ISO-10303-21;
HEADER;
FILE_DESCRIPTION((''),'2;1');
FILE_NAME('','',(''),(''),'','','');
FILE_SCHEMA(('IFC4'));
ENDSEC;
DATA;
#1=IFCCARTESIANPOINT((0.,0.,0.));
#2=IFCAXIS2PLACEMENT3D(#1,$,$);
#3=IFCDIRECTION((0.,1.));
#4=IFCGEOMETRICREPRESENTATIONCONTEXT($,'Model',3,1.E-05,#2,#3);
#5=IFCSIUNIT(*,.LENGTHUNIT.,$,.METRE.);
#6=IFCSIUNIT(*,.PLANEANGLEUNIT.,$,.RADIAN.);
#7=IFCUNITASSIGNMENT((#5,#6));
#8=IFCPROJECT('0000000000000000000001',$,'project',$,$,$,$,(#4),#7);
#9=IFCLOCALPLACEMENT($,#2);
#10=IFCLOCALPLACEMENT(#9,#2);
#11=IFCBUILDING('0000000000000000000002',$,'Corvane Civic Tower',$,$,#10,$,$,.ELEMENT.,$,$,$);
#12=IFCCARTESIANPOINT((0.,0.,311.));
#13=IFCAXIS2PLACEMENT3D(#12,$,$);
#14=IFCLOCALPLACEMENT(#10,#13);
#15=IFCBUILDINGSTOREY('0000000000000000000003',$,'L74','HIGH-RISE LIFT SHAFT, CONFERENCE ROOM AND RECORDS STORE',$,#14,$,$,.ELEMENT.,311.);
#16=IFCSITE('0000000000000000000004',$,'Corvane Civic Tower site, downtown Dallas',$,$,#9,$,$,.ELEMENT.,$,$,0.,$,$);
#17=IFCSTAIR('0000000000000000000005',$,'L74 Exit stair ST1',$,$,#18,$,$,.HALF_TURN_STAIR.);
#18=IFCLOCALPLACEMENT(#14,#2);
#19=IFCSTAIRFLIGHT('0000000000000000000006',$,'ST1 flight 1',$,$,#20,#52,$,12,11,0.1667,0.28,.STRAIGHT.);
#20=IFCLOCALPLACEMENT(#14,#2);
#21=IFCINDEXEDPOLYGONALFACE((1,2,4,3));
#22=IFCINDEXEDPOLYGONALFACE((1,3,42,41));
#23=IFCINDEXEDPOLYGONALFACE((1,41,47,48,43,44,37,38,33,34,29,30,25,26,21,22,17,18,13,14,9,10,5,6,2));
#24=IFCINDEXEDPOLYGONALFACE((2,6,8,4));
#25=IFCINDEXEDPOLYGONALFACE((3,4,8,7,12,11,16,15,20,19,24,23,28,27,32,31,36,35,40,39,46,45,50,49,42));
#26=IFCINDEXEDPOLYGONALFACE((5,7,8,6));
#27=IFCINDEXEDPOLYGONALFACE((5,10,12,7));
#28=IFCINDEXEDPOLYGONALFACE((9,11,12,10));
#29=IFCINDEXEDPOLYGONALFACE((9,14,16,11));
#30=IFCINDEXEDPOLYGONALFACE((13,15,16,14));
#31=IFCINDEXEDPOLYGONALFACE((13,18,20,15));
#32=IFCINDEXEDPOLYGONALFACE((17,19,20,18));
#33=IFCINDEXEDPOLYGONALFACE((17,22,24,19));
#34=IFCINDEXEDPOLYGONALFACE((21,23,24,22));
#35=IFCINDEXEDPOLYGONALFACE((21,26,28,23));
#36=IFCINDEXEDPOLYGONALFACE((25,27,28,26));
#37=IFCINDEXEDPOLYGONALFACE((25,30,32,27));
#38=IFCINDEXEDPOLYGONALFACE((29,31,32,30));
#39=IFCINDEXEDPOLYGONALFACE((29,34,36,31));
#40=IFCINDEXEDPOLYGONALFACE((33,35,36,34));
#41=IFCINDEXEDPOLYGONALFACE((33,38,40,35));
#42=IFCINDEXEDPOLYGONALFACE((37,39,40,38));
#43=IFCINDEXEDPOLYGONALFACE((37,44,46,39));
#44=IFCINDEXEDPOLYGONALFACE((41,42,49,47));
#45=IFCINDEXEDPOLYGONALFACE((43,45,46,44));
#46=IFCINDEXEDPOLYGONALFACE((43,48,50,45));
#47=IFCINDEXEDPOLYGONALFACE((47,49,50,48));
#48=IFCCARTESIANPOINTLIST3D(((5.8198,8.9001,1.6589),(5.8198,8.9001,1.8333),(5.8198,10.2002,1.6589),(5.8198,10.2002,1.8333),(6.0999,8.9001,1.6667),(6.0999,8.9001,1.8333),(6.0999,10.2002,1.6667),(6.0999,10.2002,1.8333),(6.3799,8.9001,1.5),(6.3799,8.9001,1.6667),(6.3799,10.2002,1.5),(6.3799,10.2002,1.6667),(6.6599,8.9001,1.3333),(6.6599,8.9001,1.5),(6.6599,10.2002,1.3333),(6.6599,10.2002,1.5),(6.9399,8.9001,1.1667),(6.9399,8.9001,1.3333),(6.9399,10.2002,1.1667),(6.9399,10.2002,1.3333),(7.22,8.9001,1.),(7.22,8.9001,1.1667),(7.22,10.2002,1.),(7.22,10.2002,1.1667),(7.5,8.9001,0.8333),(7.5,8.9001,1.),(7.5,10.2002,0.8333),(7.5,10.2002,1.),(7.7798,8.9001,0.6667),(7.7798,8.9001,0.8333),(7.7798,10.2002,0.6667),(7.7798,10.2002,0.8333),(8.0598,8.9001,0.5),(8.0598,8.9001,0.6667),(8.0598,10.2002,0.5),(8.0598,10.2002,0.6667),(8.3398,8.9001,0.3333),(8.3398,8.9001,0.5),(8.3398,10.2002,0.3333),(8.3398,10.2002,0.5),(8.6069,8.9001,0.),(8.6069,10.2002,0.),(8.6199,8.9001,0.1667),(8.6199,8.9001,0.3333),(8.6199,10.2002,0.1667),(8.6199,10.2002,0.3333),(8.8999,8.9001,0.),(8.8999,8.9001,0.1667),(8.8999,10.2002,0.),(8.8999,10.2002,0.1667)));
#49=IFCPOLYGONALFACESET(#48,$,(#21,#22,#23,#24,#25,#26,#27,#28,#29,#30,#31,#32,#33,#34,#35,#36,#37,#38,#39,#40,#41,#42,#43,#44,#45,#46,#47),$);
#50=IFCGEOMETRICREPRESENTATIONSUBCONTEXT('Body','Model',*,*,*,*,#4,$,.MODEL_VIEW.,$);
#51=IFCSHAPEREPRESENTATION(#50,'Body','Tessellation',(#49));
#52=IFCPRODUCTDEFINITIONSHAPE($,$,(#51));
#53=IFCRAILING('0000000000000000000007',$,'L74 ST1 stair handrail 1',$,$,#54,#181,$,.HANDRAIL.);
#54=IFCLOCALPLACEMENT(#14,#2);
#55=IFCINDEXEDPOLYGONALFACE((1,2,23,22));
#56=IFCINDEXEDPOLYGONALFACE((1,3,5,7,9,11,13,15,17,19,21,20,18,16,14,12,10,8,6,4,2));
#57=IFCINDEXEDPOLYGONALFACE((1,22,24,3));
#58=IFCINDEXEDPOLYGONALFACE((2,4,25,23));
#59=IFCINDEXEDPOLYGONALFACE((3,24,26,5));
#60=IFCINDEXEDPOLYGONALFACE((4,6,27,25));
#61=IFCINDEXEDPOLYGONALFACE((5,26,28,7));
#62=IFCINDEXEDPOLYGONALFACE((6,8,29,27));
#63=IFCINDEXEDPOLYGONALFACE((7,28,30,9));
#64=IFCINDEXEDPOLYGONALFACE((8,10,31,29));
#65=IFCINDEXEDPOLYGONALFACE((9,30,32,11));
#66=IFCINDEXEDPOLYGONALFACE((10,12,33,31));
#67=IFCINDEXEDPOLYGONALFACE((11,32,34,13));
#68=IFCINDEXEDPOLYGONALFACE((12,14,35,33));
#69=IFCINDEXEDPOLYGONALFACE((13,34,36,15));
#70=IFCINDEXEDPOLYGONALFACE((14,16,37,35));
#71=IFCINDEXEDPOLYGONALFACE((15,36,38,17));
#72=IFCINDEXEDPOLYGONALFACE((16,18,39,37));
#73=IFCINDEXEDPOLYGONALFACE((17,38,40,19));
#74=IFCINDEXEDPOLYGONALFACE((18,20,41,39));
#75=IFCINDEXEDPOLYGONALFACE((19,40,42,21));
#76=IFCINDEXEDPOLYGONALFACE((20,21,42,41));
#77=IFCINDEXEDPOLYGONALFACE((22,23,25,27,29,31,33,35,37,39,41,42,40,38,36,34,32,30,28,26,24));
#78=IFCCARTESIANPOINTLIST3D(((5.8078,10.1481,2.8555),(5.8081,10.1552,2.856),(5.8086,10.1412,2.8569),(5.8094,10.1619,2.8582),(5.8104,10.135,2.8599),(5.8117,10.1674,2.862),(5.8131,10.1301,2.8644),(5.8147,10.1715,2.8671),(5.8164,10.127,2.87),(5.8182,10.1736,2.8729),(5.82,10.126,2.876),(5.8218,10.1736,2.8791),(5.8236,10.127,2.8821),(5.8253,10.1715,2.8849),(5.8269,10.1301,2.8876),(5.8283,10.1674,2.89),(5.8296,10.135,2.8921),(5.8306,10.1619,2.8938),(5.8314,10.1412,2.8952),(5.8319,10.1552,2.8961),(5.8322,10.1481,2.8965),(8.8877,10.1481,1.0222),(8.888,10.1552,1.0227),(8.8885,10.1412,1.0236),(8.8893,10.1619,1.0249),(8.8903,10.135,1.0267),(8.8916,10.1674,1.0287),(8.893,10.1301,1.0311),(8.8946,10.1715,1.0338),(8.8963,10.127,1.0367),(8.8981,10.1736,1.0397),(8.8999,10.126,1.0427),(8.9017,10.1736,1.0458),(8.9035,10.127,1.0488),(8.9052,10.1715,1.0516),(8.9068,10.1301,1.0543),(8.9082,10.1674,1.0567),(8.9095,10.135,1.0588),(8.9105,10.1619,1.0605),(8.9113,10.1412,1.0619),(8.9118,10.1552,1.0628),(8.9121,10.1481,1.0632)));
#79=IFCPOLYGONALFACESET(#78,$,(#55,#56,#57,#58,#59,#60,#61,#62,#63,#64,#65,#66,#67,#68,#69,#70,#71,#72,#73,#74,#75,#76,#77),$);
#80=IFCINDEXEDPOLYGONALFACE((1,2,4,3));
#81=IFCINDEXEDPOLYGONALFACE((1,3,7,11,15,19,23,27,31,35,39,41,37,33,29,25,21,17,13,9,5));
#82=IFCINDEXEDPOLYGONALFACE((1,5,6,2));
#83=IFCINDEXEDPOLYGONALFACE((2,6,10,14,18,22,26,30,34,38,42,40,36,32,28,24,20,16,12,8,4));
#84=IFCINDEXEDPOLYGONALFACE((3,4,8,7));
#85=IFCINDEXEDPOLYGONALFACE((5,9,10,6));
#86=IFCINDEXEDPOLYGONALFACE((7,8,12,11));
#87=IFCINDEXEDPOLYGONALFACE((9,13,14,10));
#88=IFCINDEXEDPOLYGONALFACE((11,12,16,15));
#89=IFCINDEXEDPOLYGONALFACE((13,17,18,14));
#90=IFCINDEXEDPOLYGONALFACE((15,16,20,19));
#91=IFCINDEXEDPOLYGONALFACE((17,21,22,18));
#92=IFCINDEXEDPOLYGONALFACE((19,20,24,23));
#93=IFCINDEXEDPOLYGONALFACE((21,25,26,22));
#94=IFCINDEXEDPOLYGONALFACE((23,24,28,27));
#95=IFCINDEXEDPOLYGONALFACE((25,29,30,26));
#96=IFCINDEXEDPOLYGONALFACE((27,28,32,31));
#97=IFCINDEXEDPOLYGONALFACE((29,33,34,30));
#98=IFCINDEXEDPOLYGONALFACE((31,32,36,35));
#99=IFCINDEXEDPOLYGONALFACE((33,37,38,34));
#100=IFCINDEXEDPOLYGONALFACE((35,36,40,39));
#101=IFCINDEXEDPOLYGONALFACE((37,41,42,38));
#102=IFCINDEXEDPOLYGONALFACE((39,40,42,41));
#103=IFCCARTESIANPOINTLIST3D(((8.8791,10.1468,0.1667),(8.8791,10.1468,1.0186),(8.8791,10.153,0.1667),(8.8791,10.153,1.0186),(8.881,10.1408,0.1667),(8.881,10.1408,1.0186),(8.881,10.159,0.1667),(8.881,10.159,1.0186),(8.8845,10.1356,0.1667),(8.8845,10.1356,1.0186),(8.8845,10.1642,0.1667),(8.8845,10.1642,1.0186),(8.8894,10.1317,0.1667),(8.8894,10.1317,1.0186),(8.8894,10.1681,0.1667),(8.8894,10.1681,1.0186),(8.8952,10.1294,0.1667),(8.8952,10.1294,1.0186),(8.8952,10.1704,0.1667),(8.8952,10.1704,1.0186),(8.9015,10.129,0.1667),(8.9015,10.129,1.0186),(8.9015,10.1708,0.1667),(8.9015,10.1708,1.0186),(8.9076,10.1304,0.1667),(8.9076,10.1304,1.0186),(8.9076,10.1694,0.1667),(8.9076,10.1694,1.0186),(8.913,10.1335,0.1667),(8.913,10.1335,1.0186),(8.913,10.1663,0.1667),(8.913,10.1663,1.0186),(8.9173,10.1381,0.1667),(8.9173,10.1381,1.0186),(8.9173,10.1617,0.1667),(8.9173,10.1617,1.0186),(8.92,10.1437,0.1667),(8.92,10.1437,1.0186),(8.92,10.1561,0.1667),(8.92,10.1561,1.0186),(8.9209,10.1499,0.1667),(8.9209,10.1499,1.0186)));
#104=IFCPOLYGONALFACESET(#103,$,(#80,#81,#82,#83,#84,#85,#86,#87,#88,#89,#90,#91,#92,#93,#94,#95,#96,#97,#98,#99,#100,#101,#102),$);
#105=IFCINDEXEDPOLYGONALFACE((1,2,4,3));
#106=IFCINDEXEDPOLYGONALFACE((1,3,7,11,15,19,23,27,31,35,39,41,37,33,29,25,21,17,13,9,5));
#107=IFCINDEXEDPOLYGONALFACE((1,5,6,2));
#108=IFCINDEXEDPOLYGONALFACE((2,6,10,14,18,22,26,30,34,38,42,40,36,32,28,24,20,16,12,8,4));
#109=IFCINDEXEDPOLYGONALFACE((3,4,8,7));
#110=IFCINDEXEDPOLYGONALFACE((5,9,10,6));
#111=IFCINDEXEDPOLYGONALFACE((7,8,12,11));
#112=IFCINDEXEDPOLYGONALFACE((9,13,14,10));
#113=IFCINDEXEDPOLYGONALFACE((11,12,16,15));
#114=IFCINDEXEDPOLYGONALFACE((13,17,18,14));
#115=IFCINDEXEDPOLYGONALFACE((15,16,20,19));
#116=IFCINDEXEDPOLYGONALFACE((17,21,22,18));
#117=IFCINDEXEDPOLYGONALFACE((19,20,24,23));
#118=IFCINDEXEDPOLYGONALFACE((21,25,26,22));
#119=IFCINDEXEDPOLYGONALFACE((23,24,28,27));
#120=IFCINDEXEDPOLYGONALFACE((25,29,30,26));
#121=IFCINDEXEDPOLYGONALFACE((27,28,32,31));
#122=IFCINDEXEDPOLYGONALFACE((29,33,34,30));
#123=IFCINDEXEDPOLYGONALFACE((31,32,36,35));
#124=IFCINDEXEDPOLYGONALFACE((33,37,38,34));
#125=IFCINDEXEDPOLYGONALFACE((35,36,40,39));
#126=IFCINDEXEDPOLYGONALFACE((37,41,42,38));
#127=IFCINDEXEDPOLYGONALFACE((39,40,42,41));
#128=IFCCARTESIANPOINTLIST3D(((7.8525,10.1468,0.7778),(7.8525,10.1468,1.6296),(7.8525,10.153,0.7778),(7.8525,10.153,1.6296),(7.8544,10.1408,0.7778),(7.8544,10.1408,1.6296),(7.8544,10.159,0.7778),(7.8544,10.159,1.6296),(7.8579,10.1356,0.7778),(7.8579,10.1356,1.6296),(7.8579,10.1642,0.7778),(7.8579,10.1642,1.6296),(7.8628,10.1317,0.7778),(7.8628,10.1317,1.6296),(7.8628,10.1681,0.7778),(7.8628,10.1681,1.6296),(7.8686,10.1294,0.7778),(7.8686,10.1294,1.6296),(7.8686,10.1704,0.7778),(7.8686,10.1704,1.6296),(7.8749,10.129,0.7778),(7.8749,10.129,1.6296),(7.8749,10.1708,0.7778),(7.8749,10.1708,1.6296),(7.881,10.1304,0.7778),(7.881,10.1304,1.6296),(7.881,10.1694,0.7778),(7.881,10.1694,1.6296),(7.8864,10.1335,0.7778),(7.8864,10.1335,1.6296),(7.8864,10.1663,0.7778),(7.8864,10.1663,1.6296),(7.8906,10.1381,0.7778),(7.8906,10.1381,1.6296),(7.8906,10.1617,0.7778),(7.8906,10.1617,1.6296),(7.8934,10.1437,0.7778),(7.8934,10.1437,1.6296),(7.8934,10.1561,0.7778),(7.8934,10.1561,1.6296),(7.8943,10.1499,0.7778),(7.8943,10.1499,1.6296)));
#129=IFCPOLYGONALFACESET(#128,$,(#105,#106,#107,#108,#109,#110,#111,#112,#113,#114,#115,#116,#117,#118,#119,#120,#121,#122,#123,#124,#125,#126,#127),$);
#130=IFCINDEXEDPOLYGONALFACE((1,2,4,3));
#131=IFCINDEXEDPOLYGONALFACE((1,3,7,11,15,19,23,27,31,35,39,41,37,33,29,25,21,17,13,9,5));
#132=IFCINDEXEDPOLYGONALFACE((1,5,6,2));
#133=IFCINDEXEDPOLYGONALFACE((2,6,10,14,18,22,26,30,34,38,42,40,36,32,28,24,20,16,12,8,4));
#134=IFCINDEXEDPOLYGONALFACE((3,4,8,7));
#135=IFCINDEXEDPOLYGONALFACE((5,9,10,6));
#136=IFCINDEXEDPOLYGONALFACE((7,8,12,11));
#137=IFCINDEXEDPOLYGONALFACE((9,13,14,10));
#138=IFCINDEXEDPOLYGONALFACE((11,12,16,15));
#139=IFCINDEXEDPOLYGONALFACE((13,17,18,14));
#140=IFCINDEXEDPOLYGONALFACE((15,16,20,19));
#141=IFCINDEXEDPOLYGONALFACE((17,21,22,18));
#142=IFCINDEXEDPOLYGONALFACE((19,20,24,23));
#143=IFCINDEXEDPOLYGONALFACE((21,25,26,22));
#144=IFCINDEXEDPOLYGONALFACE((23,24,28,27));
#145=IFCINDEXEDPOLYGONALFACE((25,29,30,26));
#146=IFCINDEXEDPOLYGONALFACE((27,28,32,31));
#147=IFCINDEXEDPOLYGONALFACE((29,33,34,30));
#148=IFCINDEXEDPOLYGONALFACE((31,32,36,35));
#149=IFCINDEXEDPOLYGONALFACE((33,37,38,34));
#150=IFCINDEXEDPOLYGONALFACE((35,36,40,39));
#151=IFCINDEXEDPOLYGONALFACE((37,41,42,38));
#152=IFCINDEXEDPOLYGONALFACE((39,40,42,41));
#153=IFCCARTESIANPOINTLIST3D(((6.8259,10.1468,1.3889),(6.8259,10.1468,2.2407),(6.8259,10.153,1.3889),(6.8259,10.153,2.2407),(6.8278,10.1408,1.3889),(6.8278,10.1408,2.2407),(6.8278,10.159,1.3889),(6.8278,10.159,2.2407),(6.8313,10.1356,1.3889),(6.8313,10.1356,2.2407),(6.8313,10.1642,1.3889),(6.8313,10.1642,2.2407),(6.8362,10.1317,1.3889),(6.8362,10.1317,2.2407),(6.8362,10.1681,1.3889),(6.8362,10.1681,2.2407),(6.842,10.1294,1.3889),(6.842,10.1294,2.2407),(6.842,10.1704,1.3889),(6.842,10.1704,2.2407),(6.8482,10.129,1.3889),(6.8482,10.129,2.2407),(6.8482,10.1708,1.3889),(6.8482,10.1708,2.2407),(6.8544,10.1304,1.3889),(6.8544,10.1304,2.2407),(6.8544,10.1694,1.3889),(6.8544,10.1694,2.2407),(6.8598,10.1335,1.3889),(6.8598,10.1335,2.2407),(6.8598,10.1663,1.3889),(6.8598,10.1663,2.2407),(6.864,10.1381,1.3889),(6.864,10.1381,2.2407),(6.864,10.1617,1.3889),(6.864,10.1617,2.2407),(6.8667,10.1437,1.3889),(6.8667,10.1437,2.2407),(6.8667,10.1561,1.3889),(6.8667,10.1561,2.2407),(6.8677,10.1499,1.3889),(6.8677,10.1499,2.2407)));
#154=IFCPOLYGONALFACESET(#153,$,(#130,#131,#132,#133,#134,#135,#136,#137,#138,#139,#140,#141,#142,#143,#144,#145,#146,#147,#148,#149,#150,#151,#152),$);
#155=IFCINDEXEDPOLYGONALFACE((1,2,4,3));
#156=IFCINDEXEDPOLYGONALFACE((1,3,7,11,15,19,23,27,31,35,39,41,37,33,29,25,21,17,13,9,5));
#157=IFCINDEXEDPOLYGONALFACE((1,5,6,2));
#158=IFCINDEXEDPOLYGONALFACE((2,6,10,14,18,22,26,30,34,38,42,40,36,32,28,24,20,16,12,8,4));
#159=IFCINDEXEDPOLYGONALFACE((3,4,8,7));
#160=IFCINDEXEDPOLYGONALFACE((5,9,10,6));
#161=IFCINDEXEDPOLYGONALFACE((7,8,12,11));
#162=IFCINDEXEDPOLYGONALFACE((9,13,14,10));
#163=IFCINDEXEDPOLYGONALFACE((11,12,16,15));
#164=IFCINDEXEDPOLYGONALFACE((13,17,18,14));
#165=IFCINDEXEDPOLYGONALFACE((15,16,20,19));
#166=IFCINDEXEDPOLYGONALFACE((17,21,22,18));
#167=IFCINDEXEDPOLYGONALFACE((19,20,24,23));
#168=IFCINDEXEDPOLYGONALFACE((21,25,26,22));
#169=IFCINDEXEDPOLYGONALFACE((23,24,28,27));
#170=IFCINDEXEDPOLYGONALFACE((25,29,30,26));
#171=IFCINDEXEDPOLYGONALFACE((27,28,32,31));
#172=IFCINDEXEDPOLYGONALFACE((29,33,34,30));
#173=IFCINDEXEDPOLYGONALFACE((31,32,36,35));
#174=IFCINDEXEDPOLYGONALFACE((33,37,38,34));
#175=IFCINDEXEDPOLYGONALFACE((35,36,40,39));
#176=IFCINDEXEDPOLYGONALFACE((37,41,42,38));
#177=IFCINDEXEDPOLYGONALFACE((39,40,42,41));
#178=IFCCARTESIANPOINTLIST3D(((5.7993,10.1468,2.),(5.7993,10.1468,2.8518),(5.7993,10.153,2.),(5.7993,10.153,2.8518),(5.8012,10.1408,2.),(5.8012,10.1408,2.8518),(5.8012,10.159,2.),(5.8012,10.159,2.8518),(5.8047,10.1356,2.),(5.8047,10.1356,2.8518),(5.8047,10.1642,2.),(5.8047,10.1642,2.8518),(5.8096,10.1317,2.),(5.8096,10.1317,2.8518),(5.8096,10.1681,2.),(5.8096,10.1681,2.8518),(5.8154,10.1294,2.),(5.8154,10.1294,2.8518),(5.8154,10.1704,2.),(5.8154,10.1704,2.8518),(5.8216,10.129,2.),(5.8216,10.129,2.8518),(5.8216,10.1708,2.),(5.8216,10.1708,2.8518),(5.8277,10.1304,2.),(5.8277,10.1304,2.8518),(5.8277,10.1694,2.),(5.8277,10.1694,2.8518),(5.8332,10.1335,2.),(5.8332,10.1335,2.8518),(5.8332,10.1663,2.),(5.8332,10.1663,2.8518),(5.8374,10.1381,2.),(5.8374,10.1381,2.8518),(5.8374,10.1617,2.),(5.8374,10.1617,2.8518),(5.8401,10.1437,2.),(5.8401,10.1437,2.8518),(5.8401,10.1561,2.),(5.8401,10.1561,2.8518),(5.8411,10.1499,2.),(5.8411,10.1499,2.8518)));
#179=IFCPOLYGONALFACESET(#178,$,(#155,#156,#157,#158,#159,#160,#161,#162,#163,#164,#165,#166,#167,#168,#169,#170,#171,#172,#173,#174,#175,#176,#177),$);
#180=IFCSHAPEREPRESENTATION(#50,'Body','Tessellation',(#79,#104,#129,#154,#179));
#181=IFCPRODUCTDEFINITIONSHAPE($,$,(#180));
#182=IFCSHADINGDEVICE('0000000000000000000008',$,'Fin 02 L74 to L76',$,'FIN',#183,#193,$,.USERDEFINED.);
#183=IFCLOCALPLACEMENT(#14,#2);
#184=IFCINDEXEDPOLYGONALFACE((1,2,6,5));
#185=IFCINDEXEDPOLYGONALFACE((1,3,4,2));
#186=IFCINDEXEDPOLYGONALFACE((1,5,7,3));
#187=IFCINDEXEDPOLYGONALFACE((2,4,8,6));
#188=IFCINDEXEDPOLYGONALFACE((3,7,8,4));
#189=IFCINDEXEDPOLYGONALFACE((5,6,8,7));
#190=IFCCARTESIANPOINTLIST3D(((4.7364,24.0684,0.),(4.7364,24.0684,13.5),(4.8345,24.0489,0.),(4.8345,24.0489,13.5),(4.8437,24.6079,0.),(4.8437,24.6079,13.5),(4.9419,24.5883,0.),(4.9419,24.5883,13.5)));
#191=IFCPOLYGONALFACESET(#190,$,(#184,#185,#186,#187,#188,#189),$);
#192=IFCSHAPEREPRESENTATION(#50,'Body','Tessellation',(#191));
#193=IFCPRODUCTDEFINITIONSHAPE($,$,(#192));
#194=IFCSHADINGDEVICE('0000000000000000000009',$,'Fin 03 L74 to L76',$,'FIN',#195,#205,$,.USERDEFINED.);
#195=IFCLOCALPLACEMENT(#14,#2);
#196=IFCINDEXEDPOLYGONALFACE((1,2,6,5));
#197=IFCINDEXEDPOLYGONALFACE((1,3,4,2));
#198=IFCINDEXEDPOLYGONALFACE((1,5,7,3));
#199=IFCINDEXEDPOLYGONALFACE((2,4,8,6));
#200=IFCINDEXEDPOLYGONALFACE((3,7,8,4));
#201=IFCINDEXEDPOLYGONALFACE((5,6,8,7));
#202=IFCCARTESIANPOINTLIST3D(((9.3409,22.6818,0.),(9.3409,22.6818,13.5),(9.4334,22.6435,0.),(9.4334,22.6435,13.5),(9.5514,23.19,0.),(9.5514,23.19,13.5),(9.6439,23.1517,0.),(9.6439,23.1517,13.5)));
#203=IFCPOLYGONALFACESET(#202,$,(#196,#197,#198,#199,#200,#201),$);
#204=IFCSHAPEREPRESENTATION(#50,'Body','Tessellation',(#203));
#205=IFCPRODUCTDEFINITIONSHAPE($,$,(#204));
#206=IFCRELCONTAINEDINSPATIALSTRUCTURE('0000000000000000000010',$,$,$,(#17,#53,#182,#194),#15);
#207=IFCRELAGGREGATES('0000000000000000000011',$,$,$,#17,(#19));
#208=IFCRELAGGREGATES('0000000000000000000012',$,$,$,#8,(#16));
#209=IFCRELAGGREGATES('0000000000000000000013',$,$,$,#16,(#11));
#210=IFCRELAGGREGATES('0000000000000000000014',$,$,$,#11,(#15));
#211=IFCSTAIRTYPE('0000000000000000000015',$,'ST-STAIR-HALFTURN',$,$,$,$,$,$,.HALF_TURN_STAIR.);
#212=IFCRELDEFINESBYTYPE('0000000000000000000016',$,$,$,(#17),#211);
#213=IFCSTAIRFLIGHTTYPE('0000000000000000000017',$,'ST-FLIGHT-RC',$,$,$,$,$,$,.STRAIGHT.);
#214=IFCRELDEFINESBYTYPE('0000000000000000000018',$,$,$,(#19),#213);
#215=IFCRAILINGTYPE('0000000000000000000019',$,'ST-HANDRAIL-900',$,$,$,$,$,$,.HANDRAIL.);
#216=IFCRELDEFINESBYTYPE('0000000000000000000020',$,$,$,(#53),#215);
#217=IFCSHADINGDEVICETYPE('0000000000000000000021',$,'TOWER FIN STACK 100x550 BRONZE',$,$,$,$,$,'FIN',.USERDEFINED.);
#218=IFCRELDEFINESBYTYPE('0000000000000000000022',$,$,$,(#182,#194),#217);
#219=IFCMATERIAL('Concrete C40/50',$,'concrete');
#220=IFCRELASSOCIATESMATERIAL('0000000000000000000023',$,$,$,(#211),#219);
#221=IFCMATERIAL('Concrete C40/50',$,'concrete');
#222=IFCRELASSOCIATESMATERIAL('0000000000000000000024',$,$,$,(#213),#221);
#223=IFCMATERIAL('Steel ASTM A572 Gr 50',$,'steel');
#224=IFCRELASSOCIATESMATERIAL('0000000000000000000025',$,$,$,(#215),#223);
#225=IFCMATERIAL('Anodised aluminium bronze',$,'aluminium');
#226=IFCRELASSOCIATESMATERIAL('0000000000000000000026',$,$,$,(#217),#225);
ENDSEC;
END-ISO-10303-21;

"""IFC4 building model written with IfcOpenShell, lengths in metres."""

from ifc_helpers import new_model, si_unit, direction, frame, origin, origin_2d, place, context, subcontext, project, spatial, polyline, rectangle, circle, outline, extrude, material, material_profile, profile_set, type_object, element, aggregate, save


model = new_model("IFC4")

# Units and contexts
model_context = context("Model", 3, precision=1e-05, world=origin(), true_north=direction((0.0, 1.0)))
body_context = subcontext(model_context, "Body", "Model", "MODEL_VIEW")
ifc_project = project(units=[si_unit("LENGTHUNIT", "METRE"), si_unit("PLANEANGLEUNIT", "RADIAN")], contexts=[model_context])

# Site, building, storey
site_placement = place(None, origin())
site = spatial("IfcSite", under=ifc_project, at=site_placement, Name="Corvane Civic Tower site, downtown Dallas", CompositionType="ELEMENT", RefElevation=0.0)
building_placement = place(site_placement, origin())
building = spatial("IfcBuilding", under=site, at=building_placement, Name="Corvane Civic Tower", CompositionType="ELEMENT")
storey_placement = place(building_placement, frame((0.0, 0.0, 311.0)))
storey = spatial("IfcBuildingStorey", under=building, at=storey_placement, Name="L74", Description="HIGH-RISE LIFT SHAFT, CONFERENCE ROOM AND RECORDS STORE", CompositionType="ELEMENT", Elevation=311.0)

# Stair, stair flight
ifc_material_1 = material(Name="Concrete C40/50", Category="concrete")
stair_type = type_object("IfcStairType", Name="ST-STAIR-HALFTURN", PredefinedType="HALF_TURN_STAIR", material=ifc_material_1)
stair_placement = place(storey_placement, origin())
stair = element("IfcStair", 1, at=stair_placement, inside=storey, type_object=stair_type, Name="L74 Exit stair ST1", PredefinedType="HALF_TURN_STAIR")
ifc_material_2 = material(Name="Concrete C40/50", Category="concrete")
stair_flight_type = type_object("IfcStairFlightType", Name="ST-FLIGHT-RC", PredefinedType="STRAIGHT", material=ifc_material_2)
stair_flight_placement = place(storey_placement, frame((8.8999, 9.55, 0.0), z_axis=(0.0, 0.0, 1.0), x_axis=(-1.0, 0.0, 0.0)))
stair_flight = element("IfcStairFlight", 2, at=stair_flight_placement, type_object=stair_flight_type, Name="ST1 flight 1", NumberOfRisers=12, NumberOfTreads=11, PredefinedType="STRAIGHT", RiserHeight=0.1667, TreadLength=0.28, context=body_context, shape_type="SweptSolid", body=[
    extrude(outline(polyline([(0.0, 0.0), (0.0, 0.1667), (0.28, 0.1667), (0.28, 0.3333), (0.5601, 0.3333), (0.5601, 0.5), (0.8401, 0.5), (0.8401, 0.6667), (1.1201, 0.6667), (1.1201, 0.8333), (1.3999, 0.8333), (1.3999, 1.0), (1.6799, 1.0), (1.6799, 1.1667), (1.96, 1.1667), (1.96, 1.3333), (2.24, 1.3333), (2.24, 1.5), (2.52, 1.5), (2.52, 1.6667), (2.8, 1.6667), (2.8, 1.8333), (3.0801, 1.8333), (3.0801, 2.0), (3.0801, 1.6589), (0.293, 0.0), (0.0, 0.0)])), frame((0.0, 0.6499, 0.0), z_axis=(0.0, -1.0, 0.0), x_axis=(1.0, 0.0, 0.0)), (0.0, 0.0, 1.0), 1.3),
])
aggregate(stair, [stair_flight])

# Railing
ifc_material_3 = material(Name="Steel ASTM A572 Gr 50", Category="steel")
railing_type_1 = type_object("IfcRailingType", Name="ST-HANDRAIL-900", PredefinedType="HANDRAIL", material=ifc_material_3)
railing_1_placement = place(storey_placement, frame((8.8999, 10.1499, 0.1667)))
element("IfcRailing", 3, at=railing_1_placement, inside=storey, type_object=railing_type_1, Name="L74 ST1 stair handrail 1", PredefinedType="HANDRAIL", context=body_context, shape_type="SweptSolid", body=[
    extrude(circle(Radius=0.0239, at=origin_2d()), frame((0.0, 0.0, 0.876), z_axis=(-0.859291, 0.0, 0.511487), x_axis=(0.0, -1.0, 0.0)), (0.0, 0.0, 1.0), 3.5842),
    extrude(circle(Radius=0.021, at=origin_2d()), origin(), (0.0, 0.0, 1.0), 0.8518),
    extrude(circle(Radius=0.021, at=origin_2d()), frame((-1.0266, 0.0, 0.6111)), (0.0, 0.0, 1.0), 0.8518),
    extrude(circle(Radius=0.021, at=origin_2d()), frame((-2.0532, 0.0, 1.2222)), (0.0, 0.0, 1.0), 0.8518),
    extrude(circle(Radius=0.021, at=origin_2d()), frame((-3.0798, 0.0, 1.8333)), (0.0, 0.0, 1.0), 0.8518),
])

# Shading devices
ifc_material_4 = material(Name="Anodised aluminium bronze", Category="aluminium")
ifc_material_profile_1 = material_profile(ifc_material_4, rectangle(XDim=0.1001, YDim=0.55, at=origin_2d()), Name="TOWER FIN STACK 100x550 BRONZE")
ifc_profile_set_1 = profile_set([ifc_material_profile_1], Name="Anodised aluminium bronze")
shading_device_type = type_object("IfcShadingDeviceType", Name="TOWER FIN STACK 100x550 BRONZE", ElementType="FIN", PredefinedType="USERDEFINED", material=ifc_profile_set_1)
for number, where, z_axis, x_axis, name in (
    (4, (4.8391, 24.3284, 0.0), (0.0, 0.0, 1.0), (0.980785, -0.19509, 0.0), "Fin 02 L74 to L76"),
    (5, (9.4924, 22.9167, 0.0), (0.0, 0.0, 1.0), (0.92388, -0.382683, 0.0), "Fin 03 L74 to L76"),
):
    element("IfcShadingDevice", number, at=place(storey_placement, frame(where, z_axis=z_axis, x_axis=x_axis)), inside=storey, type_object=shading_device_type, Name=name, ObjectType="FIN", PredefinedType="USERDEFINED", context=body_context, shape_type="SweptSolid", body=[
        extrude(rectangle(XDim=0.1001, YDim=0.55, at=origin_2d()), origin(), (0.0, 0.0, 1.0), 13.5),
    ])

save(model, "model.ifc")
